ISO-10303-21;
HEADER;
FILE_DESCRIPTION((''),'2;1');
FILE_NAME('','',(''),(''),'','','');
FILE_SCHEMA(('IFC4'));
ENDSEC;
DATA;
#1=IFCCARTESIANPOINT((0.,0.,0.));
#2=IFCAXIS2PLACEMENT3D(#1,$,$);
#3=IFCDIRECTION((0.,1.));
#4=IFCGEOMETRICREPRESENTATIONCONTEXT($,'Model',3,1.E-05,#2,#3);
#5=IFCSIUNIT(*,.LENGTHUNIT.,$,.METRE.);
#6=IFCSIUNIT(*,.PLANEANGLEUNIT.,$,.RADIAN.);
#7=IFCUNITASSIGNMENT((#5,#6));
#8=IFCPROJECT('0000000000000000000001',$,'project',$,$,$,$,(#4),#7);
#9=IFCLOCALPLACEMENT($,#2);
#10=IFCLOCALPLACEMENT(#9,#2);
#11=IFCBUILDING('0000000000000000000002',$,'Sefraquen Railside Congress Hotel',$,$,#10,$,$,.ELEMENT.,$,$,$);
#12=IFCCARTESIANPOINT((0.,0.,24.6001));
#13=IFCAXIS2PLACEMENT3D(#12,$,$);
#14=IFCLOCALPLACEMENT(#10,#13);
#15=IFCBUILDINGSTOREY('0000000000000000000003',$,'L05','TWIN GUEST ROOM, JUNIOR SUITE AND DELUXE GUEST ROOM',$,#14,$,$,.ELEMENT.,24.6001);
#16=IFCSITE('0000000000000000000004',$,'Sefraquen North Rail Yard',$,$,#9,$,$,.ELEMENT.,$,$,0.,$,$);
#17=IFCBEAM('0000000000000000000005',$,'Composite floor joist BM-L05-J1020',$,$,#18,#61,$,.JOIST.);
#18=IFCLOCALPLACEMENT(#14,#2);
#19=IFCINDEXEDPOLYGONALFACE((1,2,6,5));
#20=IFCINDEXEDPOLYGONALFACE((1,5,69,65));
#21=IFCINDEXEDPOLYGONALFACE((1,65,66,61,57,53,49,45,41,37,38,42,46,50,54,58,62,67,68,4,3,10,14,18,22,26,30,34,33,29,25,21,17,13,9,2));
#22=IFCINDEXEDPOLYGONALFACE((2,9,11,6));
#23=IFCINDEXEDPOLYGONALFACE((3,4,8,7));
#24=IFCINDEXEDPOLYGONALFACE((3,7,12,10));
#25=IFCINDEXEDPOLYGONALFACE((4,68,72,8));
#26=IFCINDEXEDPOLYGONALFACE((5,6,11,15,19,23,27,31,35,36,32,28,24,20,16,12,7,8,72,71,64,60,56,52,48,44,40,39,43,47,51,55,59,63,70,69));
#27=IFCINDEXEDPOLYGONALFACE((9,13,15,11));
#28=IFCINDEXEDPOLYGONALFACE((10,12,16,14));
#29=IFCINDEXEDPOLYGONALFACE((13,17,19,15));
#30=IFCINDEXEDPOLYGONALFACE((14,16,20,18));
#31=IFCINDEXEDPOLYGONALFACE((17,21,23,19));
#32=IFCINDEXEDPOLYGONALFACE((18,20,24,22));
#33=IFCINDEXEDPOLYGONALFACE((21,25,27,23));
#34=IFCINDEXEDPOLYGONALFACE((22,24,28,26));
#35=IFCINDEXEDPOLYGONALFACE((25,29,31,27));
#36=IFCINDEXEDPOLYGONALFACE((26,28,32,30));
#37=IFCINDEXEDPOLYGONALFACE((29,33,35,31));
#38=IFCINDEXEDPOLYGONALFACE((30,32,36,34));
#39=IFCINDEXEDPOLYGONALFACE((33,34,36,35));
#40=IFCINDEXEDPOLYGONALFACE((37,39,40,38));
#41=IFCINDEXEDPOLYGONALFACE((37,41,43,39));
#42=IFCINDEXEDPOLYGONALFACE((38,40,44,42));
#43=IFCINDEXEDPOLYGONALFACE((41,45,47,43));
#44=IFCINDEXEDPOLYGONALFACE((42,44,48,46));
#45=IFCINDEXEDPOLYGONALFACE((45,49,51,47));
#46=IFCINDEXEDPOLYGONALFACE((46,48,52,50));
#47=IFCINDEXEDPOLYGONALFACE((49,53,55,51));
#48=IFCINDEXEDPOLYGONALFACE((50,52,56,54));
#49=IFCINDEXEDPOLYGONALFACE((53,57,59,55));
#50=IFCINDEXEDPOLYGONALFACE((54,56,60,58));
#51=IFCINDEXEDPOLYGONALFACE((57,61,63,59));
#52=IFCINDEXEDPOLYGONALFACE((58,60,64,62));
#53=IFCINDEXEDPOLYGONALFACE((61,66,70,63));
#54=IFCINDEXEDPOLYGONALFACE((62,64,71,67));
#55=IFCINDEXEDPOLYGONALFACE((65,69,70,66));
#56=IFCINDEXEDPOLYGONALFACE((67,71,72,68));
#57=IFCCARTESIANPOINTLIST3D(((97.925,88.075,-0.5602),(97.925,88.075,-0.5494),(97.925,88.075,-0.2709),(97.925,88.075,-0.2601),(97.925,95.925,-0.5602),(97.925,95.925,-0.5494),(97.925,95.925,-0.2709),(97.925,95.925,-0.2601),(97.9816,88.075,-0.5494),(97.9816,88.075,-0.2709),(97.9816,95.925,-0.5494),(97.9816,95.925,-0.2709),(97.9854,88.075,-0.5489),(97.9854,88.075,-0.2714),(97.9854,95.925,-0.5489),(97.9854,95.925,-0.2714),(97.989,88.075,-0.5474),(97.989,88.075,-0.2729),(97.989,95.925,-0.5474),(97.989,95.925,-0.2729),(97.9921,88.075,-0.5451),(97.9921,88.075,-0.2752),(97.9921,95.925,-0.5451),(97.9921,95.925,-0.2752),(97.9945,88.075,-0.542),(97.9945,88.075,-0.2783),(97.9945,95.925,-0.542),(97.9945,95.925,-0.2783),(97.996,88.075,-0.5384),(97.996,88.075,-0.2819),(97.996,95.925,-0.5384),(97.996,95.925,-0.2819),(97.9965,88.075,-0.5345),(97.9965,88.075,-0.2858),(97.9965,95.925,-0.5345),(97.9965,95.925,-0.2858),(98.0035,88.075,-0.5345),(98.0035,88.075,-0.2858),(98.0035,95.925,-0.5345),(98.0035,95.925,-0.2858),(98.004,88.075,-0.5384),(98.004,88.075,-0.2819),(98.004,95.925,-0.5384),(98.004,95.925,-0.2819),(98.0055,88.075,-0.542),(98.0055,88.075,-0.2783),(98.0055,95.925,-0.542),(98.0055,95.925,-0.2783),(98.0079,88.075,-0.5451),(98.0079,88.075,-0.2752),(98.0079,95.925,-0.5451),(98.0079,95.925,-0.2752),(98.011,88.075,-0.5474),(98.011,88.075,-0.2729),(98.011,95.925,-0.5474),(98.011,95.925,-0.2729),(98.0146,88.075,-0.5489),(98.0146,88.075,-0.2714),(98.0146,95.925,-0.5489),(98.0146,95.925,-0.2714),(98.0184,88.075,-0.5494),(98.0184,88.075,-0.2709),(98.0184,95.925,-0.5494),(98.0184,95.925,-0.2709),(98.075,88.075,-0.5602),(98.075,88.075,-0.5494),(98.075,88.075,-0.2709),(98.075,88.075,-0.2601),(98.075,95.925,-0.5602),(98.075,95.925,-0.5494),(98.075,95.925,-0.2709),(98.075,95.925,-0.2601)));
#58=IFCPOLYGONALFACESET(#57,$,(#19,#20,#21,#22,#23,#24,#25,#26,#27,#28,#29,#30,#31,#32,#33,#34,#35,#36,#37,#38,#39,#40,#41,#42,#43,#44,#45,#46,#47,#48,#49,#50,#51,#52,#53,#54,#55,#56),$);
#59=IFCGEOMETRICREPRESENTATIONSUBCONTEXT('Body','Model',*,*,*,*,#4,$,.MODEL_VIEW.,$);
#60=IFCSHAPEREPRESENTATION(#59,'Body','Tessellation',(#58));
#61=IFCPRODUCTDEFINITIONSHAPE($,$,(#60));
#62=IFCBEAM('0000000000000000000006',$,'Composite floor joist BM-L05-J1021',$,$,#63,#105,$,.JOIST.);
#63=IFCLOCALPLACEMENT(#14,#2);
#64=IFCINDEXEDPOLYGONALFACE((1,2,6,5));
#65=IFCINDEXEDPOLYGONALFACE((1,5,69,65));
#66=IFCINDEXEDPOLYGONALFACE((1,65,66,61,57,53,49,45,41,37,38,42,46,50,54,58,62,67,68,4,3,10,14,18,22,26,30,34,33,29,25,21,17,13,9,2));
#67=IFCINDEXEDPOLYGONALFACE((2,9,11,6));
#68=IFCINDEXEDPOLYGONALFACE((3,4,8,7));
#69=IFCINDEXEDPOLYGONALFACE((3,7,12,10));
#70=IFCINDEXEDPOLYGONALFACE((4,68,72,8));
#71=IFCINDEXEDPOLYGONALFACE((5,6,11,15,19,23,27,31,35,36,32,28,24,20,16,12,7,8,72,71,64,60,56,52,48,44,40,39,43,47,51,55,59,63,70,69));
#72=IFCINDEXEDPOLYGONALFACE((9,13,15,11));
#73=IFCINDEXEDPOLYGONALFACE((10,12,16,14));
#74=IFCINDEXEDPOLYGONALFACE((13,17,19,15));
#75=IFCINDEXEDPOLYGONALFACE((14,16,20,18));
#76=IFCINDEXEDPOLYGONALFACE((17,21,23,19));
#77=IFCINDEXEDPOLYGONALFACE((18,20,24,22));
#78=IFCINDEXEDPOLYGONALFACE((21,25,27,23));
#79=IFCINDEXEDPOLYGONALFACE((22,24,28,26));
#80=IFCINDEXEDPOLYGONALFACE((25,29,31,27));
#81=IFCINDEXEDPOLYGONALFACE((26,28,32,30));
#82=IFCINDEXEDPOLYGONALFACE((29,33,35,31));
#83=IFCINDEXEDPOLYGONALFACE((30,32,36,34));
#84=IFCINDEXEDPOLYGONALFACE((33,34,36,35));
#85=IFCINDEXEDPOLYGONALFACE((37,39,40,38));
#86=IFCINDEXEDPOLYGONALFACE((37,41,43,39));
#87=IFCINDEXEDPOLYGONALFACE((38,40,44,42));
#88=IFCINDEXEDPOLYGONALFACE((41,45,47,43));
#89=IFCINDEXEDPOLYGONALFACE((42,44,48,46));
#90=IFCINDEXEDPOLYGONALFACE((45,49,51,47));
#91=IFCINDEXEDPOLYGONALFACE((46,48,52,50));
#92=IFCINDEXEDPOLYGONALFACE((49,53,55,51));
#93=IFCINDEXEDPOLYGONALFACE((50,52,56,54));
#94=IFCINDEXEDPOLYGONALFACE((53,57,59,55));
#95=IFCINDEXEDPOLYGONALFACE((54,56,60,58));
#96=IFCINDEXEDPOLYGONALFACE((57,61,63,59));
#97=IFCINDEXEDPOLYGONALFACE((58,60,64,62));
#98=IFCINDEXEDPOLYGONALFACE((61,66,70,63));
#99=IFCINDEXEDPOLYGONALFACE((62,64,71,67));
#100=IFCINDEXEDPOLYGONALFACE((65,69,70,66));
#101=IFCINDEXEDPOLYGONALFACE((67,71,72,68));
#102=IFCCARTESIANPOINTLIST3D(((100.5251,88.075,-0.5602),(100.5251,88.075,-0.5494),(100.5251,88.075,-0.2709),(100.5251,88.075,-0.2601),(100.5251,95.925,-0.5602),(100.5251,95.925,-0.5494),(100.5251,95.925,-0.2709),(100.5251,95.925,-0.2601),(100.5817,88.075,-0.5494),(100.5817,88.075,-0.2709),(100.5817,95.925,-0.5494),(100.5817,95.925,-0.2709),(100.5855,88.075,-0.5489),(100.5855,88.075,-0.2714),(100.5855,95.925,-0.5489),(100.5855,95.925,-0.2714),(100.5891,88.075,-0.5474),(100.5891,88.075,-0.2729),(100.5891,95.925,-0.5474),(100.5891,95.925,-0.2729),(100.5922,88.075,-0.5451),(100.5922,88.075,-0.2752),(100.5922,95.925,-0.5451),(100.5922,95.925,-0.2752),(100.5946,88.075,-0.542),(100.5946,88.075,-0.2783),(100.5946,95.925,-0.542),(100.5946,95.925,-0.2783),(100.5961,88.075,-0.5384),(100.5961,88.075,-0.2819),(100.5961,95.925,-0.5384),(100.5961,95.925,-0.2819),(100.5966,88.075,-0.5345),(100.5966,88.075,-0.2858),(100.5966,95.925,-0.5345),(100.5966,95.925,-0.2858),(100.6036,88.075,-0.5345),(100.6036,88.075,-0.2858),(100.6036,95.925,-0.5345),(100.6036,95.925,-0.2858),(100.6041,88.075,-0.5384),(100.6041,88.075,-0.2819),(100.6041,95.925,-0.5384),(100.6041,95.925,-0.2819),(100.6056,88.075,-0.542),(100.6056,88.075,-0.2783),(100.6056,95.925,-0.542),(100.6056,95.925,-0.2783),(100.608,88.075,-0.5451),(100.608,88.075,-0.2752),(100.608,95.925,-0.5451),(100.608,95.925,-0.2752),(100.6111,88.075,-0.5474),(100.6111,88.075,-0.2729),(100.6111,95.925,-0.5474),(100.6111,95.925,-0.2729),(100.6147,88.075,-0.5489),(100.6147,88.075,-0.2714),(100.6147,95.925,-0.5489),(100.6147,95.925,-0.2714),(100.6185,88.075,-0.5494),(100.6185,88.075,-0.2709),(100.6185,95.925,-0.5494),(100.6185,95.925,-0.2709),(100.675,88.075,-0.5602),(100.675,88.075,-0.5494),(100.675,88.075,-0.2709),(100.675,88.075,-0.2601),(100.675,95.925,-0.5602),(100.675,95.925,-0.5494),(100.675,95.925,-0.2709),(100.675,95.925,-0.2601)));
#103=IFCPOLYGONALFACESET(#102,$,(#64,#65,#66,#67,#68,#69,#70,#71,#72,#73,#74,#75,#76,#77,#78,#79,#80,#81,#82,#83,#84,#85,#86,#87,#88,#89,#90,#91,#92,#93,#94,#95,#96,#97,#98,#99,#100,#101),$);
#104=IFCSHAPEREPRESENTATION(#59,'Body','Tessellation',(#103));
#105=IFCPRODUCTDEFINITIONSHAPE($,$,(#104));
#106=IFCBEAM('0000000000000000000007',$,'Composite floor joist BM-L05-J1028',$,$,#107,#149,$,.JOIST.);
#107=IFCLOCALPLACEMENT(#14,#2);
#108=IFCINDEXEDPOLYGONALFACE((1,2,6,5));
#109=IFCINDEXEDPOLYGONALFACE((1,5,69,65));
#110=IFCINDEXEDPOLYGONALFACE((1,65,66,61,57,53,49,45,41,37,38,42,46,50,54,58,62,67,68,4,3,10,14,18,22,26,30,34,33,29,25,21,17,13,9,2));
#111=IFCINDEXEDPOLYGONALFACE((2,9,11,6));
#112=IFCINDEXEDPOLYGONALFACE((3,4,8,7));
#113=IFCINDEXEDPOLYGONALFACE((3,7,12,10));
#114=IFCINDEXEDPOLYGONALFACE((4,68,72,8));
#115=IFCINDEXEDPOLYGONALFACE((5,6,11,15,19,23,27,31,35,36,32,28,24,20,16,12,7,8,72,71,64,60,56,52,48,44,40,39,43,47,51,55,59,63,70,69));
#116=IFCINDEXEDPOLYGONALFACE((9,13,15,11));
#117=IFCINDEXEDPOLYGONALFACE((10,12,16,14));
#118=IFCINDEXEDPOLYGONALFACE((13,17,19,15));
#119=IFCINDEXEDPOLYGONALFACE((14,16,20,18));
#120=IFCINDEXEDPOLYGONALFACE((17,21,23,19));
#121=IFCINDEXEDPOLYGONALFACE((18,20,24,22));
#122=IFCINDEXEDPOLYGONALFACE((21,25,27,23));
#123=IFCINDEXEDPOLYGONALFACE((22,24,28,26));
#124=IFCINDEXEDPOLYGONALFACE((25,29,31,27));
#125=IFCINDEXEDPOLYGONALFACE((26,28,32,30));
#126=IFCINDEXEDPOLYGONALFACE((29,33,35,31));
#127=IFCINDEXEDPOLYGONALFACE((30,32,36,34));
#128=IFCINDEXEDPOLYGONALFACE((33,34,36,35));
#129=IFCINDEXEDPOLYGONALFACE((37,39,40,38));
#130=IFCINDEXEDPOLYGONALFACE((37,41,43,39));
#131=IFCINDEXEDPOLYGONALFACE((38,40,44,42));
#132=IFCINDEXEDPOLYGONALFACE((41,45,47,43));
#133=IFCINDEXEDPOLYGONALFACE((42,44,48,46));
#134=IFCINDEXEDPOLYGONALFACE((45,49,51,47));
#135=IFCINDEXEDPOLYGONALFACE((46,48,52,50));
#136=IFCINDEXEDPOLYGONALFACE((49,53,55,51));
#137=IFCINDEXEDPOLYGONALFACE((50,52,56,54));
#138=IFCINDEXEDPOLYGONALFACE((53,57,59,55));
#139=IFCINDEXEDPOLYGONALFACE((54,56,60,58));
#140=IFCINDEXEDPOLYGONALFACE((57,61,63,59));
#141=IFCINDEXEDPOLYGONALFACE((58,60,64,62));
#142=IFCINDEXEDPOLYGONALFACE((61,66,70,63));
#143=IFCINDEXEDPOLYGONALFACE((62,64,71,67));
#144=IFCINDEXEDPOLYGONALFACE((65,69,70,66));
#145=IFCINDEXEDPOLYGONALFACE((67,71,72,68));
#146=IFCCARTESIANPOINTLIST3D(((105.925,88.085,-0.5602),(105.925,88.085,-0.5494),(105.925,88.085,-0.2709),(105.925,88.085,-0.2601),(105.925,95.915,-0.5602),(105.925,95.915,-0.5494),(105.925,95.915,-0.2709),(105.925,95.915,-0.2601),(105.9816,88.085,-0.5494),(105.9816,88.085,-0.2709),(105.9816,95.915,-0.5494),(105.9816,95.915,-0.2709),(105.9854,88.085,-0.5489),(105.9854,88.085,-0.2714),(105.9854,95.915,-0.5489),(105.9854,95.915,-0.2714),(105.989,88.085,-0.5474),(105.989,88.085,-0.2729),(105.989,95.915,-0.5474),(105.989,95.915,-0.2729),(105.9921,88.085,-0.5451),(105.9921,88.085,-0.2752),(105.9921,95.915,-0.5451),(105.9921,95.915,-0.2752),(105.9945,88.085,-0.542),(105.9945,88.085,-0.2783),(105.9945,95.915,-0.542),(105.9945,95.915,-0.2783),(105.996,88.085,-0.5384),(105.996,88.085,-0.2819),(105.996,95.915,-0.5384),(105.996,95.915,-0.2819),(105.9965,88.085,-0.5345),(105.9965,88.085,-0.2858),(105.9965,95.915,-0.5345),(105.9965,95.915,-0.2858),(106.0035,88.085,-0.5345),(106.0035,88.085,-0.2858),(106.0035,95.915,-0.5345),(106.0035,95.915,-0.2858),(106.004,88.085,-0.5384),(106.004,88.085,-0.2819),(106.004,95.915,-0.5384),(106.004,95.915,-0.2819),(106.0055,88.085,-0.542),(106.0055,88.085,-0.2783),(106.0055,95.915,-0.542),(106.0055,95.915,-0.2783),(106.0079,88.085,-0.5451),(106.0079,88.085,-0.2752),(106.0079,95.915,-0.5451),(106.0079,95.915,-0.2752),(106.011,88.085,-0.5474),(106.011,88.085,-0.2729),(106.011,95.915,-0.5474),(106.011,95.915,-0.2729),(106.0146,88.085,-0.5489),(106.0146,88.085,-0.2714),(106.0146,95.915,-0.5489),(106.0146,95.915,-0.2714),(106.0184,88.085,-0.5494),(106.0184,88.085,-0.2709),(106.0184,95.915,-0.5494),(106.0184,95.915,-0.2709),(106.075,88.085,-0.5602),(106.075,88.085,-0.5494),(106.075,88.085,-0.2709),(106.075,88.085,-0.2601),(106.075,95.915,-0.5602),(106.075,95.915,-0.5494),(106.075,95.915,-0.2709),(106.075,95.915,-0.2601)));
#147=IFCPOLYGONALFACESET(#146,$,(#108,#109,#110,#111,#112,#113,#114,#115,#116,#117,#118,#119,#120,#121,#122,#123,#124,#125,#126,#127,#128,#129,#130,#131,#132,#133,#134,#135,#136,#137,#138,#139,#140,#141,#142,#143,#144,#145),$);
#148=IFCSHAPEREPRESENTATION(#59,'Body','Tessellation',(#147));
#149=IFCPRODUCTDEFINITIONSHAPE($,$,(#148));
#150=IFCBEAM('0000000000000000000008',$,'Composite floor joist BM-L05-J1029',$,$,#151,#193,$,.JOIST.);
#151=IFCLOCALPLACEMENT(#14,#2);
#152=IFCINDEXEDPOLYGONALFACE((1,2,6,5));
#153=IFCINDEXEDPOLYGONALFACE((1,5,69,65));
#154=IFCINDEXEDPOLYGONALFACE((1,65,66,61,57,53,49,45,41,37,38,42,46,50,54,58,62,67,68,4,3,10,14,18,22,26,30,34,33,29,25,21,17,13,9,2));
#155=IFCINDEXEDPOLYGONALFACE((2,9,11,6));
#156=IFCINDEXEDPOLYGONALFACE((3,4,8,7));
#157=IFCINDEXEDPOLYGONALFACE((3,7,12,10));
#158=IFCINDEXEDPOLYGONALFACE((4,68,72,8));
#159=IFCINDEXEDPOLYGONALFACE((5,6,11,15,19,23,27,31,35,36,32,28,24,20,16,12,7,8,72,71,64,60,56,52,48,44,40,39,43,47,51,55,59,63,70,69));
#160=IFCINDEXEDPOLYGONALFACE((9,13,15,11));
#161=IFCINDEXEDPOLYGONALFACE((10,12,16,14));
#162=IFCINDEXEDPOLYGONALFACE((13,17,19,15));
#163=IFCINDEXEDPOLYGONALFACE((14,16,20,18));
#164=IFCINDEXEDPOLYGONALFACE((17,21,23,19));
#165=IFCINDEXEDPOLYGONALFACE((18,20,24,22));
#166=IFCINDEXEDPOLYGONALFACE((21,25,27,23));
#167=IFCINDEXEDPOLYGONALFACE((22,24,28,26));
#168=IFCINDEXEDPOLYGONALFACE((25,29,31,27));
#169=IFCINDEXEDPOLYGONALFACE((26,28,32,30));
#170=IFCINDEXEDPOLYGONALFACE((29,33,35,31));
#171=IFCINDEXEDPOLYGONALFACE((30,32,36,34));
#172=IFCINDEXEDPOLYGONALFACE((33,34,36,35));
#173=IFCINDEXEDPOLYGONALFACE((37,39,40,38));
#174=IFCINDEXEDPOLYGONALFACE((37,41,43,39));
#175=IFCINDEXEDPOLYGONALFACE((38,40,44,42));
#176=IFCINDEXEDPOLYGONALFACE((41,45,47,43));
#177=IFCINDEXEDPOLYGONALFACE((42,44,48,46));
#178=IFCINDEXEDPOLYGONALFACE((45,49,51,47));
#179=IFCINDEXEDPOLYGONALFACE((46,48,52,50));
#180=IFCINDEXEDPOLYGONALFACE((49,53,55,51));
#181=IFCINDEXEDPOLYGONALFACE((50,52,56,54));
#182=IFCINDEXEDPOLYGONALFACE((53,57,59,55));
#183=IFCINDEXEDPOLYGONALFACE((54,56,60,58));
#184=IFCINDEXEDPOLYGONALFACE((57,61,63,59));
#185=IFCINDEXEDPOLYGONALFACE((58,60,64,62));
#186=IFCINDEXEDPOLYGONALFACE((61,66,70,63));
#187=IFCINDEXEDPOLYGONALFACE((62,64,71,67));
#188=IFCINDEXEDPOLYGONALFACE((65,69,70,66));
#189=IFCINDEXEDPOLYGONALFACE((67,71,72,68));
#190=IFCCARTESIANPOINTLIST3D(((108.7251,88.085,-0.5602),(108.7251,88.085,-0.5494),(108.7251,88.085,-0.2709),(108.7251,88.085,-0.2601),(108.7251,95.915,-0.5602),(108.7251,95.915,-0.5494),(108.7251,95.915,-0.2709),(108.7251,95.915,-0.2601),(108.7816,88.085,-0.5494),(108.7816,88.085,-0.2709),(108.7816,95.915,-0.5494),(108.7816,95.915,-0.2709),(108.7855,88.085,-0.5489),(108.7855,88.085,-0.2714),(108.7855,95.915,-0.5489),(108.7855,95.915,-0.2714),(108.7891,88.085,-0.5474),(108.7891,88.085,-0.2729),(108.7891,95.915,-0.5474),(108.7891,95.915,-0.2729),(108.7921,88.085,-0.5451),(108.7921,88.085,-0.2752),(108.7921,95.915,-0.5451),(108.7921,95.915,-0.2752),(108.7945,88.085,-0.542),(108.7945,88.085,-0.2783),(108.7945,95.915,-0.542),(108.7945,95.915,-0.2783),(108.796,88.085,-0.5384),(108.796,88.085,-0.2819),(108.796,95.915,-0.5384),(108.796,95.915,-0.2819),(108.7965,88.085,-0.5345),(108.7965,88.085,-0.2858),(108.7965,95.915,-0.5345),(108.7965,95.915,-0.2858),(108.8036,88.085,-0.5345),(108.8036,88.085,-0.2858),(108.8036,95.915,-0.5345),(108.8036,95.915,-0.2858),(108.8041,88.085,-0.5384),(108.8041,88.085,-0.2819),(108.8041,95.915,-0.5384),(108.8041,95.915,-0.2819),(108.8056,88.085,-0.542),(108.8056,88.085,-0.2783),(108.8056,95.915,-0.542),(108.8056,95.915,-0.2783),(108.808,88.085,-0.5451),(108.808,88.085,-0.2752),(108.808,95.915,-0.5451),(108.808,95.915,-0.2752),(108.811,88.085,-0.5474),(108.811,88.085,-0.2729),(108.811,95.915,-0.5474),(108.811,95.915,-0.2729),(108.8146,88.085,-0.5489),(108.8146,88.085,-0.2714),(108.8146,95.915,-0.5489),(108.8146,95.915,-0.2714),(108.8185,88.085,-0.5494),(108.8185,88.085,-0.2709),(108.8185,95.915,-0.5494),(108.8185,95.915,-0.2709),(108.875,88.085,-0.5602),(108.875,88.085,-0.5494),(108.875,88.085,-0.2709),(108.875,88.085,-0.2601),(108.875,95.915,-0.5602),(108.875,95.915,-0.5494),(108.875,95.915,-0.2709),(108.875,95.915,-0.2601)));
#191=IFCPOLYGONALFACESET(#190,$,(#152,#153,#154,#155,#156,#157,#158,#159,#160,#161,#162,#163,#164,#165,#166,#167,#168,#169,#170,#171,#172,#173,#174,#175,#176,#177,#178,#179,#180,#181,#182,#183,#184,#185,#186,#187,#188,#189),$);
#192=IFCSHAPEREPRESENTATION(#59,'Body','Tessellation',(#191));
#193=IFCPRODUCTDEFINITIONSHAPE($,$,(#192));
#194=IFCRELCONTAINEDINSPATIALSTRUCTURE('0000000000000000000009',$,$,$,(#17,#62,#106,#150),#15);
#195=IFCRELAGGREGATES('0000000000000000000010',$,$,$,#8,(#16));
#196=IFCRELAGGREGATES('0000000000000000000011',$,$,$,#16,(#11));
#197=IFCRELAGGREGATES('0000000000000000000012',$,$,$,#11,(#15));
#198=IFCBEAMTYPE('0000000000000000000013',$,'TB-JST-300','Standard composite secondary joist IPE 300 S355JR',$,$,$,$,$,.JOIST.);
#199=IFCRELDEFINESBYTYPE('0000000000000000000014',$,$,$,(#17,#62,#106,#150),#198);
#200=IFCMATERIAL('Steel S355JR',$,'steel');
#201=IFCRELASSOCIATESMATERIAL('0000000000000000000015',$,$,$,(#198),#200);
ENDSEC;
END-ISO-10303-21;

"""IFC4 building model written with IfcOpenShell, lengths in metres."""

from ifc_helpers import new_model, si_unit, direction, frame, origin, origin_2d, place, context, subcontext, project, spatial, i_section, extrude, material, material_profile, profile_set, type_object, element, save


model = new_model("IFC4")

# Units and contexts
model_context = context("Model", 3, precision=1e-05, world=origin(), true_north=direction((0.0, 1.0)))
body_context = subcontext(model_context, "Body", "Model", "MODEL_VIEW")
ifc_project = project(units=[si_unit("LENGTHUNIT", "METRE"), si_unit("PLANEANGLEUNIT", "RADIAN")], contexts=[model_context])

# Site, building, storey
site_placement = place(None, origin())
site = spatial("IfcSite", under=ifc_project, at=site_placement, Name="Sefraquen North Rail Yard", CompositionType="ELEMENT", RefElevation=0.0)
building_placement = place(site_placement, origin())
building = spatial("IfcBuilding", under=site, at=building_placement, Name="Sefraquen Railside Congress Hotel", CompositionType="ELEMENT")
storey_placement = place(building_placement, frame((0.0, 0.0, 24.6001)))
storey = spatial("IfcBuildingStorey", under=building, at=storey_placement, Name="L05", Description="TWIN GUEST ROOM, JUNIOR SUITE AND DELUXE GUEST ROOM", CompositionType="ELEMENT", Elevation=24.6001)

# Beams
ifc_material_1 = material(Name="Steel S355JR", Category="steel")
ifc_material_profile_1 = material_profile(ifc_material_1, i_section(OverallWidth=0.1499, OverallDepth=0.3, WebThickness=0.0071, FlangeThickness=0.0107, FilletRadius=0.0149, at=origin_2d()), Name="IPE 300")
ifc_profile_set_1 = profile_set([ifc_material_profile_1], Name="Steel S355JR")
beam_type_1 = type_object("IfcBeamType", Name="TB-JST-300", Description="Standard composite secondary joist IPE 300 S355JR", PredefinedType="JOIST", material=ifc_profile_set_1)
for number, where, z_axis, x_axis, name in (
    (1, (98.0, 88.075, -0.4102), (0.0, 1.0, 0.0), (-1.0, 0.0, 0.0), "Composite floor joist BM-L05-J1020"),
    (2, (100.6001, 88.075, -0.4102), (0.0, 1.0, 0.0), (-1.0, 0.0, 0.0), "Composite floor joist BM-L05-J1021"),
):
    element("IfcBeam", number, at=place(storey_placement, frame(where, z_axis=z_axis, x_axis=x_axis)), inside=storey, type_object=beam_type_1, Name=name, PredefinedType="JOIST", context=body_context, shape_type="SweptSolid", body=[
        extrude(i_section(OverallWidth=0.1499, OverallDepth=0.3, WebThickness=0.0071, FlangeThickness=0.0107, FilletRadius=0.0149, at=origin_2d()), origin(), (0.0, 0.0, 1.0), 7.8501),
    ])
for number, where, z_axis, x_axis, name in (
    (3, (106.0, 88.085, -0.4102), (0.0, 1.0, 0.0), (-1.0, 0.0, 0.0), "Composite floor joist BM-L05-J1028"),
    (4, (108.8, 88.085, -0.4102), (0.0, 1.0, 0.0), (-1.0, 0.0, 0.0), "Composite floor joist BM-L05-J1029"),
):
    element("IfcBeam", number, at=place(storey_placement, frame(where, z_axis=z_axis, x_axis=x_axis)), inside=storey, type_object=beam_type_1, Name=name, PredefinedType="JOIST", context=body_context, shape_type="SweptSolid", body=[
        extrude(i_section(OverallWidth=0.1499, OverallDepth=0.3, WebThickness=0.0071, FlangeThickness=0.0107, FilletRadius=0.0149, at=origin_2d()), origin(), (0.0, 0.0, 1.0), 7.8301),
    ])

save(model, "model.ifc")
